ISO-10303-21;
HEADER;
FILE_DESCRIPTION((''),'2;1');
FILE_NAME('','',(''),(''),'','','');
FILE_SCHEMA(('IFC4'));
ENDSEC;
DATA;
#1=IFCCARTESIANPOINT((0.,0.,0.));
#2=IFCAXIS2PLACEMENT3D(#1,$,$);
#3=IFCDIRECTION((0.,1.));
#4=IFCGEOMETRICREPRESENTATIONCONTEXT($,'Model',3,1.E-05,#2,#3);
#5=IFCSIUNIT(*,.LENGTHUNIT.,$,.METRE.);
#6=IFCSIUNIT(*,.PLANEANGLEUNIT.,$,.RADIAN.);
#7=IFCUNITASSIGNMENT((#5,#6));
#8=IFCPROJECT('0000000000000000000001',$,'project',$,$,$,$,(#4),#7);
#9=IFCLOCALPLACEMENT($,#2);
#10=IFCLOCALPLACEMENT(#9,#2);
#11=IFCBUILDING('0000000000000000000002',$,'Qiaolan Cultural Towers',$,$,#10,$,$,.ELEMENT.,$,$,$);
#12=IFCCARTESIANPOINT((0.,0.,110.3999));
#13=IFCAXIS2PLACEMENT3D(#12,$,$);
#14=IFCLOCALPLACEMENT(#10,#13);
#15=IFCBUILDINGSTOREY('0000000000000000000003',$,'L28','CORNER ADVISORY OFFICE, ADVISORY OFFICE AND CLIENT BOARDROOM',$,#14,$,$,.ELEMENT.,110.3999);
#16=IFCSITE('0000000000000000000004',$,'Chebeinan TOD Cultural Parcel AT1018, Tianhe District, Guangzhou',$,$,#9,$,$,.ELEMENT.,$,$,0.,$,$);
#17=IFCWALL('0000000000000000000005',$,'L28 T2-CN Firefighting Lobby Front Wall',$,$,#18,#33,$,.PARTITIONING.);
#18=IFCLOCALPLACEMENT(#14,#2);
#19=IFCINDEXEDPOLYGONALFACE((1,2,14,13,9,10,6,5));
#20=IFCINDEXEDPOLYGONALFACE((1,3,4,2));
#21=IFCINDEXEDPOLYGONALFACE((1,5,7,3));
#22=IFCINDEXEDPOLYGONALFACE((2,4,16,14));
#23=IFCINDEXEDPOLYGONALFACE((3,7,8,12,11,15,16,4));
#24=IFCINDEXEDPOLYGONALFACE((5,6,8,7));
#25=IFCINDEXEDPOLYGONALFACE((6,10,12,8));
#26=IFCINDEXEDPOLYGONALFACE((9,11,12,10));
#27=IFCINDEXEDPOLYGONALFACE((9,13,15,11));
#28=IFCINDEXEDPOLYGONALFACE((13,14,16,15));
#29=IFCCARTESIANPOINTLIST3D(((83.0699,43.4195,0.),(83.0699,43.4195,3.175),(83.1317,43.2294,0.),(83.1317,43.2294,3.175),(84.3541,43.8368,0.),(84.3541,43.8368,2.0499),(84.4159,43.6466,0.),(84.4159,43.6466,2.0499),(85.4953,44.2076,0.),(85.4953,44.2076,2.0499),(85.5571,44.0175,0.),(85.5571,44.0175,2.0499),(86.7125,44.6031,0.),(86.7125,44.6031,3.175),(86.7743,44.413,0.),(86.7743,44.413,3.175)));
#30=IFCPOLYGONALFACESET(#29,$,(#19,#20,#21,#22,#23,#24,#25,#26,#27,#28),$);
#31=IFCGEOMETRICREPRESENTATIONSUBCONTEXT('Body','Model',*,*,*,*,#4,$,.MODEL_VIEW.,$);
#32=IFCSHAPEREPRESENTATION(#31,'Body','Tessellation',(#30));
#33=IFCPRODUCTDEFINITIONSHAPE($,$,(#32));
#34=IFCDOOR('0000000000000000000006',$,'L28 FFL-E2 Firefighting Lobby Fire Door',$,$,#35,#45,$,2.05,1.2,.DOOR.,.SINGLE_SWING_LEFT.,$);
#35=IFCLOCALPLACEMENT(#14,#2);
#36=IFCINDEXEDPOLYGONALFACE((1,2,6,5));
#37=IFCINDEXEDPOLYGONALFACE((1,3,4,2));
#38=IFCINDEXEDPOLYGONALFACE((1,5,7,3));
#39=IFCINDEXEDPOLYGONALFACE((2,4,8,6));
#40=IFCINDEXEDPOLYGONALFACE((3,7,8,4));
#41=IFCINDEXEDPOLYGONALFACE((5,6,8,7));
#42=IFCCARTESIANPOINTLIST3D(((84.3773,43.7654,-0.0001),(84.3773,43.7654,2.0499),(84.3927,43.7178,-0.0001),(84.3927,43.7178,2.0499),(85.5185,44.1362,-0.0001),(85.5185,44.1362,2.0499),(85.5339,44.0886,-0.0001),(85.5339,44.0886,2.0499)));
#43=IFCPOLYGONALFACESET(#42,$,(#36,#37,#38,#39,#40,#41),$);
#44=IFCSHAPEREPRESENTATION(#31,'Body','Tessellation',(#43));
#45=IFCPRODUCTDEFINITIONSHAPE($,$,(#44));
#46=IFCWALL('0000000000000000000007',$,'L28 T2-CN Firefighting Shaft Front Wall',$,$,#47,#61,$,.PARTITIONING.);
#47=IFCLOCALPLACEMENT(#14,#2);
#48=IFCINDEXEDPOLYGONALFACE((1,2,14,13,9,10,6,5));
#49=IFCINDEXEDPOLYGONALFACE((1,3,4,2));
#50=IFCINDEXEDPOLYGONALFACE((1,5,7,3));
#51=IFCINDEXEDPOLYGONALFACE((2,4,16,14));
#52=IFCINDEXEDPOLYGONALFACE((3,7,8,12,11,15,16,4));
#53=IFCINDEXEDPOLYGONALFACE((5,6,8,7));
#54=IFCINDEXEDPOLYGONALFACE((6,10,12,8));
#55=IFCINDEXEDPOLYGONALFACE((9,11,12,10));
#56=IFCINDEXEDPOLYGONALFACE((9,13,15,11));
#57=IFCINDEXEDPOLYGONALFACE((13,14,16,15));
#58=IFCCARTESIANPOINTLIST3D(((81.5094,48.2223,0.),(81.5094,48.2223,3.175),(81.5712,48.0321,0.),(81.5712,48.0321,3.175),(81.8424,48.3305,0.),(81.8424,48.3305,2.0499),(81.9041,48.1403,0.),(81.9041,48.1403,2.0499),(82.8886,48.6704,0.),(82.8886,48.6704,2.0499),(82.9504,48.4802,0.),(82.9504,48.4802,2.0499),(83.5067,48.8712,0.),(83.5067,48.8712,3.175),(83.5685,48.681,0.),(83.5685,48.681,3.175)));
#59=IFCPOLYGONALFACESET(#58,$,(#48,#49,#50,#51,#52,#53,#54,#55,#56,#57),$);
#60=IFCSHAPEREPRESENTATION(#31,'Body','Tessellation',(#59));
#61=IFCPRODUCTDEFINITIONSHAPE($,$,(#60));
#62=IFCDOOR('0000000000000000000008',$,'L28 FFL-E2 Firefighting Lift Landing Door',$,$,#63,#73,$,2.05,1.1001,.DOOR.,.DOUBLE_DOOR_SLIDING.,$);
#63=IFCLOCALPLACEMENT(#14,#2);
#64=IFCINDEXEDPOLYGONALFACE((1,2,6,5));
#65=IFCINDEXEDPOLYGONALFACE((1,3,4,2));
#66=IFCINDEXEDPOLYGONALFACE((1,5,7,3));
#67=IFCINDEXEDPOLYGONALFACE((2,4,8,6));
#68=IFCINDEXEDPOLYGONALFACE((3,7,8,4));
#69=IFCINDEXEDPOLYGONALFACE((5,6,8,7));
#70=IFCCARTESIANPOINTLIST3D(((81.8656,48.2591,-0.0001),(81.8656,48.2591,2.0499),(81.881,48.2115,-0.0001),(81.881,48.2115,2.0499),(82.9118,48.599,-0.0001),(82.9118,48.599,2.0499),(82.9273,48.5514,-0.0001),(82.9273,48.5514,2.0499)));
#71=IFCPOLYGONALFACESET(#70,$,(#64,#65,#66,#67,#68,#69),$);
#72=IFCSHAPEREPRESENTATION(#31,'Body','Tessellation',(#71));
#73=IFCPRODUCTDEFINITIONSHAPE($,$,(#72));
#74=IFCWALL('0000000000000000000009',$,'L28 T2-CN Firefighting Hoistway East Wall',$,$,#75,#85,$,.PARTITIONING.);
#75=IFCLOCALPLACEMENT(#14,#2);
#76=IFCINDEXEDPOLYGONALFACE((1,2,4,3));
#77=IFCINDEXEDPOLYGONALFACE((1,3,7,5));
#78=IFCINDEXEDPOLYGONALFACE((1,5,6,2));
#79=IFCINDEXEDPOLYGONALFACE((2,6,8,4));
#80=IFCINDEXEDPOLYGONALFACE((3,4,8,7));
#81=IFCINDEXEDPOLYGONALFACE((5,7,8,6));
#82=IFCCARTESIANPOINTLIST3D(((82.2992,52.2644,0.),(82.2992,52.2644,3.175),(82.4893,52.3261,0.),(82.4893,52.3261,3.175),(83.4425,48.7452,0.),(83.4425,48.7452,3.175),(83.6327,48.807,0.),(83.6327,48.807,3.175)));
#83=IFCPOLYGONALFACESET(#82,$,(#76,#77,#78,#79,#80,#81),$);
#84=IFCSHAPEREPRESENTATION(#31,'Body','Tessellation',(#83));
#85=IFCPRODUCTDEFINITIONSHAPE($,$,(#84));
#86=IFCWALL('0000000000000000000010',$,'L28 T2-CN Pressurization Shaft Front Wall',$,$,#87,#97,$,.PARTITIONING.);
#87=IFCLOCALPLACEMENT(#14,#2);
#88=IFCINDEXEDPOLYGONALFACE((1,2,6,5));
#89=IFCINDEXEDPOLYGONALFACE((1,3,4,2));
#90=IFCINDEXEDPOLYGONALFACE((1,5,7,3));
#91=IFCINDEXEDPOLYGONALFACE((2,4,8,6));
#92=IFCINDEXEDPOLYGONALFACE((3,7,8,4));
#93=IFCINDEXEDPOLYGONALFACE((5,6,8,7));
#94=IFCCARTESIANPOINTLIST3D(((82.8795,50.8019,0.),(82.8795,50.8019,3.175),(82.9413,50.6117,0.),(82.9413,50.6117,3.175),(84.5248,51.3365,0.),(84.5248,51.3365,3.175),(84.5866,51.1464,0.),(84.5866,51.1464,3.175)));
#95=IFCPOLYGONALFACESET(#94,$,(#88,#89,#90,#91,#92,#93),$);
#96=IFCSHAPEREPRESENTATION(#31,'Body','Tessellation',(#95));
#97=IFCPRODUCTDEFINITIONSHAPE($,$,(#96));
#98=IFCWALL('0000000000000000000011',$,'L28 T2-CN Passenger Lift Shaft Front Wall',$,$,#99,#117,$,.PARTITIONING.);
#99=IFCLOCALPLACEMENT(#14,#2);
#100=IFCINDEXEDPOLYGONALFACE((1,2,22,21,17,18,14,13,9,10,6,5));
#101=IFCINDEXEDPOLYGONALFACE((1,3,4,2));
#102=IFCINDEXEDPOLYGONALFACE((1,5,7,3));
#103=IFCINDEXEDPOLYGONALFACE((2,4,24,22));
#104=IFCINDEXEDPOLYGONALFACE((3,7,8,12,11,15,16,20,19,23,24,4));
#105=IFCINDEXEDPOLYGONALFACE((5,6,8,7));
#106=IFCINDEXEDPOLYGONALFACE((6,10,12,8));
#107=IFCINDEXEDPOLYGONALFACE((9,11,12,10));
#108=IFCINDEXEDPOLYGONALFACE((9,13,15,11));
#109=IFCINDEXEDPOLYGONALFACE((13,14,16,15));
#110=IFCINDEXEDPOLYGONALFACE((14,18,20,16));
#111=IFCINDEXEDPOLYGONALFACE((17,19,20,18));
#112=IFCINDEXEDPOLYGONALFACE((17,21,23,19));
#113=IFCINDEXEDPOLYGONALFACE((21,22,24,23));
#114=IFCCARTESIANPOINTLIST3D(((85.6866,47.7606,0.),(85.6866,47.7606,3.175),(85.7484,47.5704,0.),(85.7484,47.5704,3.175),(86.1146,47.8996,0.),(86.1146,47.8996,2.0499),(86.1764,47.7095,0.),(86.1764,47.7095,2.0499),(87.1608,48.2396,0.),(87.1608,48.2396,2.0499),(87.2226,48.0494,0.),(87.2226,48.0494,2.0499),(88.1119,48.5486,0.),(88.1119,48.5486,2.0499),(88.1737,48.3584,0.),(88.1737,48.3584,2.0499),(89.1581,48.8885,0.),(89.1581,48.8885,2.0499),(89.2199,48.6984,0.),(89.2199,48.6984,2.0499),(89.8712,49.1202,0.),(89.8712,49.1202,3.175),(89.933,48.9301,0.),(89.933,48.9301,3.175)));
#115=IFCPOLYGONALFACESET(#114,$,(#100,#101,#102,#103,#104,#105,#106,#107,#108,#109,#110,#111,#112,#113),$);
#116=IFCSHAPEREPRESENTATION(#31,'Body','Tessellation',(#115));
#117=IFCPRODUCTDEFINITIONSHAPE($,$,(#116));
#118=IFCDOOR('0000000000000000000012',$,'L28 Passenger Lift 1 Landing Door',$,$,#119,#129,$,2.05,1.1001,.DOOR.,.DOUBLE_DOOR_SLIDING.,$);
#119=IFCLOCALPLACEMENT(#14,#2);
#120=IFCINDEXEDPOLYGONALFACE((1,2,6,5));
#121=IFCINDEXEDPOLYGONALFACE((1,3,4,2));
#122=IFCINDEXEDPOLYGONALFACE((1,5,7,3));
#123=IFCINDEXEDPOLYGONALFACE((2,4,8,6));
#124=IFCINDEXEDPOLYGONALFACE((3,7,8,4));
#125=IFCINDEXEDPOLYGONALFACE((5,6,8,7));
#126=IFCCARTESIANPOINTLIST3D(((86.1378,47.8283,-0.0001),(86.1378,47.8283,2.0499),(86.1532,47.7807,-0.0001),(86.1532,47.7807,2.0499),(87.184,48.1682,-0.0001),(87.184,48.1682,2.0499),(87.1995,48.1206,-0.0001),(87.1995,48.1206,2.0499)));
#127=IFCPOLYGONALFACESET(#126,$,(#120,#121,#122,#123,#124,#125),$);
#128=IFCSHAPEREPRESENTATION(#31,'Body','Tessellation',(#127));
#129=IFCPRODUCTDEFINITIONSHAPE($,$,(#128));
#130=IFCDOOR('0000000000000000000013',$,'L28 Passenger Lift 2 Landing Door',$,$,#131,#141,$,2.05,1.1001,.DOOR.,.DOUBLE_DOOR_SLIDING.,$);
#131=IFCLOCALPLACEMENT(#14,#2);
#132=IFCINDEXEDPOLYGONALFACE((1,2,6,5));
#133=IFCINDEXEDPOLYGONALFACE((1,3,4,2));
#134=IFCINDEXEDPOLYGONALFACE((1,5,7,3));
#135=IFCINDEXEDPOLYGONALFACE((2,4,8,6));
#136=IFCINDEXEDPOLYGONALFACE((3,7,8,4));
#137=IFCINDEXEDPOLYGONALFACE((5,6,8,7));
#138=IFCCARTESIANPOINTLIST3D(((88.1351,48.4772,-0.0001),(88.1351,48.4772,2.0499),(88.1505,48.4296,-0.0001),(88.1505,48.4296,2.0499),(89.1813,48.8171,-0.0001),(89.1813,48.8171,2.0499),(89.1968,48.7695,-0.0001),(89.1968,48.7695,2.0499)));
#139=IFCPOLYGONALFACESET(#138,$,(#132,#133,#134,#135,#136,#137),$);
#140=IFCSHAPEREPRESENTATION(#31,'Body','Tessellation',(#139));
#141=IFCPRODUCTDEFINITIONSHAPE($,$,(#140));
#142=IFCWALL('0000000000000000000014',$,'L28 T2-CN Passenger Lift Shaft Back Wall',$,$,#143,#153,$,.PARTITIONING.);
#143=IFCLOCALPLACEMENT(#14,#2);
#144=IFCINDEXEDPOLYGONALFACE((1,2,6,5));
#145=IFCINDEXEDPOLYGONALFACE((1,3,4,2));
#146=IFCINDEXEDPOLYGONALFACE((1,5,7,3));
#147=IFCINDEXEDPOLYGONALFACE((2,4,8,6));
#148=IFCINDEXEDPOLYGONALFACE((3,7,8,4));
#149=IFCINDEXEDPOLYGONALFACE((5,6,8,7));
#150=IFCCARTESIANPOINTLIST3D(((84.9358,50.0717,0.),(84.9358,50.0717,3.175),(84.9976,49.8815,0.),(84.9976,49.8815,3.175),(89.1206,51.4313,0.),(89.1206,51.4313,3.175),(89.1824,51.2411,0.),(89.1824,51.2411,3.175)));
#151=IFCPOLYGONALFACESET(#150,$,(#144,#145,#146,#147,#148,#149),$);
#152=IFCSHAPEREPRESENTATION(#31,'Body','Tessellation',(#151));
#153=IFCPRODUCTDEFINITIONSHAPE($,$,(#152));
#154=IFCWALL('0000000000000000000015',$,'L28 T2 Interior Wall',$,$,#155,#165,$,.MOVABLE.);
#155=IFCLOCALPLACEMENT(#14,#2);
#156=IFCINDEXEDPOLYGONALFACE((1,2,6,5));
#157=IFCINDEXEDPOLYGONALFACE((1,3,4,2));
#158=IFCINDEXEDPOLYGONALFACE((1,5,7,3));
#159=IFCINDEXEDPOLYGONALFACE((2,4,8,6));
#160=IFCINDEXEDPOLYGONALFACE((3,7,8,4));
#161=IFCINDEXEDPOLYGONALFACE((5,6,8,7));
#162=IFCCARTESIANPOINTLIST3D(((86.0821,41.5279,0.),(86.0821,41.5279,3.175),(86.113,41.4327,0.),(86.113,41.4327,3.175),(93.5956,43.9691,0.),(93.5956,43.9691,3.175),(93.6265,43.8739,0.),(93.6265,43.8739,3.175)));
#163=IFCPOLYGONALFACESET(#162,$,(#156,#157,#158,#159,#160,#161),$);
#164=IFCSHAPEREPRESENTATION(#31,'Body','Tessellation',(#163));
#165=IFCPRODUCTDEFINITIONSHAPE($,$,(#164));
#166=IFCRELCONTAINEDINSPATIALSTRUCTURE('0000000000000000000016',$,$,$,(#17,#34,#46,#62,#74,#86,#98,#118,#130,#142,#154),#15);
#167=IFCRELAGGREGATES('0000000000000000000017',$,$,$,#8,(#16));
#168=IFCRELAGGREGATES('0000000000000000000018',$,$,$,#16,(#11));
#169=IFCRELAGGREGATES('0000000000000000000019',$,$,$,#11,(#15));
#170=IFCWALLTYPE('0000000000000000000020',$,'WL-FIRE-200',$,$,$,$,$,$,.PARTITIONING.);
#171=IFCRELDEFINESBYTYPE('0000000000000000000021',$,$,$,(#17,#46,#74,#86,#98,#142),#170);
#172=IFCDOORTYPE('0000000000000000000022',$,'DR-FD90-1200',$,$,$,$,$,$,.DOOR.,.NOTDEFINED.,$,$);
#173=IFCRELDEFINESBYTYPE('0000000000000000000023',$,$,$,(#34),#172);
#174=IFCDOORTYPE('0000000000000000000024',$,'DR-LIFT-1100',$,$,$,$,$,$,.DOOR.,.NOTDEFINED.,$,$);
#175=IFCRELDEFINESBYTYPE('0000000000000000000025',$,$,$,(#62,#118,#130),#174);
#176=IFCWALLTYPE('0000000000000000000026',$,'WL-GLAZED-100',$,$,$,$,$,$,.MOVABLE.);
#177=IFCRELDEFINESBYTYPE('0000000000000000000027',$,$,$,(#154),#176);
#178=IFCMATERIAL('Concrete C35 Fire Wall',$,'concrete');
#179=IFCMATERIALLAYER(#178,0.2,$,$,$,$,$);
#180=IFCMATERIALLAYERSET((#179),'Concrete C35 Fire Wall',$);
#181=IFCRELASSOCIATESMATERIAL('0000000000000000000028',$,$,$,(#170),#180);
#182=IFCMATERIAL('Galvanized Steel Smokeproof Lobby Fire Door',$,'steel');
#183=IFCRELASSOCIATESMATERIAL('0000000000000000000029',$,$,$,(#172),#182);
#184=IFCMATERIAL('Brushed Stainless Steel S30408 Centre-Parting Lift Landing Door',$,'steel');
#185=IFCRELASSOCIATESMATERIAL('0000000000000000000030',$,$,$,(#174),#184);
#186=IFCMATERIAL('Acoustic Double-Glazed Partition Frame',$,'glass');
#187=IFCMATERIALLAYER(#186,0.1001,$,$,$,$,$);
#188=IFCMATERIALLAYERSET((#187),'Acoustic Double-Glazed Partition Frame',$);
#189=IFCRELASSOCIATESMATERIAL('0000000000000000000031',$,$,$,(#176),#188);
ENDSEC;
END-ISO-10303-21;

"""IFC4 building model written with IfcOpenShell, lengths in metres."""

from ifc_helpers import new_model, si_unit, direction, frame, frame_2d, origin, place, context, subcontext, project, spatial, rectangle, extrude, material, layer, layer_set, type_object, element, fill, save


model = new_model("IFC4")

# Units and contexts
model_context = context("Model", 3, precision=1e-05, world=origin(), true_north=direction((0.0, 1.0)))
body_context = subcontext(model_context, "Body", "Model", "MODEL_VIEW")
ifc_project = project(units=[si_unit("LENGTHUNIT", "METRE"), si_unit("PLANEANGLEUNIT", "RADIAN")], contexts=[model_context])

# Site, building, storey
site_placement = place(None, origin())
site = spatial("IfcSite", under=ifc_project, at=site_placement, Name="Chebeinan TOD Cultural Parcel AT1018, Tianhe District, Guangzhou", CompositionType="ELEMENT", RefElevation=0.0)
building_placement = place(site_placement, origin())
building = spatial("IfcBuilding", under=site, at=building_placement, Name="Qiaolan Cultural Towers", CompositionType="ELEMENT")
storey_placement = place(building_placement, frame((0.0, 0.0, 110.3999)))
storey = spatial("IfcBuildingStorey", under=building, at=storey_placement, Name="L28", Description="CORNER ADVISORY OFFICE, ADVISORY OFFICE AND CLIENT BOARDROOM", CompositionType="ELEMENT", Elevation=110.3999)

# Shared definitions
ifc_material_1 = material(Name="Concrete C35 Fire Wall", Category="concrete")
ifc_layer_1 = layer(ifc_material_1, 0.2)
ifc_layer_set_1 = layer_set([ifc_layer_1], Name="Concrete C35 Fire Wall")
wall_type_1 = type_object("IfcWallType", Name="WL-FIRE-200", PredefinedType="PARTITIONING", material=ifc_layer_set_1)

# Walls, openings, doors
wall_1_placement = place(storey_placement, frame((83.1008, 43.3245, 0.0), z_axis=(0.0, 0.0, 1.0), x_axis=(0.951053, 0.309028, 0.0)))
wall_1 = element("IfcWall", 1, at=wall_1_placement, inside=storey, type_object=wall_type_1, Name="L28 T2-CN Firefighting Lobby Front Wall", PredefinedType="PARTITIONING", context=body_context, shape_type="SweptSolid", body=[
    extrude(rectangle(XDim=3.8301, YDim=0.2, at=frame_2d((1.915, 0.0))), origin(), (0.0, 0.0, 1.0), 3.175),
])
opening_1_placement = place(wall_1_placement, frame((1.3501, 0.0, 0.0)))
opening_1 = element("IfcOpeningElement", 2, at=opening_1_placement, cuts=wall_1, PredefinedType="OPENING", context=body_context, shape_type="SweptSolid", body=[
    extrude(rectangle(XDim=1.2, YDim=2.05, at=frame_2d((0.6001, 1.0249))), frame((0.0, 0.1099, 0.0), z_axis=(0.0, -1.0, 0.0), x_axis=(1.0, 0.0, 0.0)), (0.0, 0.0, 1.0), 0.22),
])
ifc_material_2 = material(Name="Galvanized Steel Smokeproof Lobby Fire Door", Category="steel")
door_type_1 = type_object("IfcDoorType", Name="DR-FD90-1200", OperationType="NOTDEFINED", PredefinedType="DOOR", material=ifc_material_2)
door_1_placement = place(opening_1_placement, origin())
door_1 = element("IfcDoor", 3, at=door_1_placement, inside=storey, type_object=door_type_1, Name="L28 FFL-E2 Firefighting Lobby Fire Door", OperationType="SINGLE_SWING_LEFT", OverallHeight=2.05, OverallWidth=1.2, PredefinedType="DOOR", context=body_context, shape_type="SweptSolid", body=[
    extrude(rectangle(XDim=1.2, YDim=2.05, at=frame_2d((0.6001, 1.0249))), frame((0.0, 0.0249, 0.0), z_axis=(0.0, -1.0, 0.0), x_axis=(1.0, 0.0, 0.0)), (0.0, 0.0, 1.0), 0.05),
])
fill(opening_1, door_1)
wall_2_placement = place(storey_placement, frame((81.5403, 48.1272, 0.0), z_axis=(0.0, 0.0, 1.0), x_axis=(0.951062, 0.308999, 0.0)))
wall_2 = element("IfcWall", 4, at=wall_2_placement, inside=storey, type_object=wall_type_1, Name="L28 T2-CN Firefighting Shaft Front Wall", PredefinedType="PARTITIONING", context=body_context, shape_type="SweptSolid", body=[
    extrude(rectangle(XDim=2.1001, YDim=0.2, at=frame_2d((1.05, 0.0))), origin(), (0.0, 0.0, 1.0), 3.175),
])
opening_2_placement = place(wall_2_placement, frame((0.3501, 0.0, 0.0)))
opening_2 = element("IfcOpeningElement", 5, at=opening_2_placement, cuts=wall_2, PredefinedType="OPENING", context=body_context, shape_type="SweptSolid", body=[
    extrude(rectangle(XDim=1.1001, YDim=2.05, at=frame_2d((0.55, 1.0249))), frame((0.0, 0.1099, 0.0), z_axis=(0.0, -1.0, 0.0), x_axis=(1.0, 0.0, 0.0)), (0.0, 0.0, 1.0), 0.22),
])
ifc_material_3 = material(Name="Brushed Stainless Steel S30408 Centre-Parting Lift Landing Door", Category="steel")
door_type_2 = type_object("IfcDoorType", Name="DR-LIFT-1100", OperationType="NOTDEFINED", PredefinedType="DOOR", material=ifc_material_3)
door_2_placement = place(opening_2_placement, origin())
door_2 = element("IfcDoor", 6, at=door_2_placement, inside=storey, type_object=door_type_2, Name="L28 FFL-E2 Firefighting Lift Landing Door", OperationType="DOUBLE_DOOR_SLIDING", OverallHeight=2.05, OverallWidth=1.1001, PredefinedType="DOOR", context=body_context, shape_type="SweptSolid", body=[
    extrude(rectangle(XDim=1.1001, YDim=2.05, at=frame_2d((0.55, 1.0249))), frame((0.0, 0.0249, 0.0), z_axis=(0.0, -1.0, 0.0), x_axis=(1.0, 0.0, 0.0)), (0.0, 0.0, 1.0), 0.05),
])
fill(opening_2, door_2)

# Walls
wall_3_placement = place(storey_placement, frame((83.5376, 48.7761, 0.0), z_axis=(0.0, 0.0, 1.0), x_axis=(-0.308994, 0.951064, 0.0)))
element("IfcWall", 7, at=wall_3_placement, inside=storey, type_object=wall_type_1, Name="L28 T2-CN Firefighting Hoistway East Wall", PredefinedType="PARTITIONING", context=body_context, shape_type="SweptSolid", body=[
    extrude(rectangle(XDim=3.7002, YDim=0.2, at=frame_2d((1.8501, 0.0))), origin(), (0.0, 0.0, 1.0), 3.175),
])
wall_4_placement = place(storey_placement, frame((82.9104, 50.7068, 0.0), z_axis=(0.0, 0.0, 1.0), x_axis=(0.951041, 0.309064, 0.0)))
element("IfcWall", 8, at=wall_4_placement, inside=storey, type_object=wall_type_1, Name="L28 T2-CN Pressurization Shaft Front Wall", PredefinedType="PARTITIONING", context=body_context, shape_type="SweptSolid", body=[
    extrude(rectangle(XDim=1.73, YDim=0.2, at=frame_2d((0.865, 0.0))), origin(), (0.0, 0.0, 1.0), 3.175),
])

# Wall, openings, doors
wall_5_placement = place(storey_placement, frame((85.7175, 47.6655, 0.0), z_axis=(0.0, 0.0, 1.0), x_axis=(0.951059, 0.309011, 0.0)))
wall_5 = element("IfcWall", 9, at=wall_5_placement, inside=storey, type_object=wall_type_1, Name="L28 T2-CN Passenger Lift Shaft Front Wall", PredefinedType="PARTITIONING", context=body_context, shape_type="SweptSolid", body=[
    extrude(rectangle(XDim=4.3999, YDim=0.2, at=frame_2d((2.2, 0.0))), origin(), (0.0, 0.0, 1.0), 3.175),
])
opening_3_placement = place(wall_5_placement, frame((0.45, 0.0, 0.0)))
opening_3 = element("IfcOpeningElement", 10, at=opening_3_placement, cuts=wall_5, PredefinedType="OPENING", context=body_context, shape_type="SweptSolid", body=[
    extrude(rectangle(XDim=1.1001, YDim=2.05, at=frame_2d((0.55, 1.0249))), frame((0.0, 0.1099, 0.0), z_axis=(0.0, -1.0, 0.0), x_axis=(1.0, 0.0, 0.0)), (0.0, 0.0, 1.0), 0.22),
])
opening_4_placement = place(wall_5_placement, frame((2.55, 0.0, 0.0)))
opening_4 = element("IfcOpeningElement", 11, at=opening_4_placement, cuts=wall_5, PredefinedType="OPENING", context=body_context, shape_type="SweptSolid", body=[
    extrude(rectangle(XDim=1.1001, YDim=2.05, at=frame_2d((0.55, 1.0249))), frame((0.0, 0.1099, 0.0), z_axis=(0.0, -1.0, 0.0), x_axis=(1.0, 0.0, 0.0)), (0.0, 0.0, 1.0), 0.22),
])
door_3_placement = place(opening_3_placement, origin())
door_3 = element("IfcDoor", 12, at=door_3_placement, inside=storey, type_object=door_type_2, Name="L28 Passenger Lift 1 Landing Door", OperationType="DOUBLE_DOOR_SLIDING", OverallHeight=2.05, OverallWidth=1.1001, PredefinedType="DOOR", context=body_context, shape_type="SweptSolid", body=[
    extrude(rectangle(XDim=1.1001, YDim=2.05, at=frame_2d((0.55, 1.0249))), frame((0.0, 0.0249, 0.0), z_axis=(0.0, -1.0, 0.0), x_axis=(1.0, 0.0, 0.0)), (0.0, 0.0, 1.0), 0.05),
])
fill(opening_3, door_3)
door_4_placement = place(opening_4_placement, origin())
door_4 = element("IfcDoor", 13, at=door_4_placement, inside=storey, type_object=door_type_2, Name="L28 Passenger Lift 2 Landing Door", OperationType="DOUBLE_DOOR_SLIDING", OverallHeight=2.05, OverallWidth=1.1001, PredefinedType="DOOR", context=body_context, shape_type="SweptSolid", body=[
    extrude(rectangle(XDim=1.1001, YDim=2.05, at=frame_2d((0.55, 1.0249))), frame((0.0, 0.0249, 0.0), z_axis=(0.0, -1.0, 0.0), x_axis=(1.0, 0.0, 0.0)), (0.0, 0.0, 1.0), 0.05),
])
fill(opening_4, door_4)

# Walls
wall_6_placement = place(storey_placement, frame((84.9666, 49.9766, 0.0), z_axis=(0.0, 0.0, 1.0), x_axis=(0.951064, 0.308994, 0.0)))
element("IfcWall", 14, at=wall_6_placement, inside=storey, type_object=wall_type_1, Name="L28 T2-CN Passenger Lift Shaft Back Wall", PredefinedType="PARTITIONING", context=body_context, shape_type="SweptSolid", body=[
    extrude(rectangle(XDim=4.4001, YDim=0.2, at=frame_2d((2.2002, 0.0))), origin(), (0.0, 0.0, 1.0), 3.175),
])
ifc_material_4 = material(Name="Acoustic Double-Glazed Partition Frame", Category="glass")
ifc_layer_2 = layer(ifc_material_4, 0.1001)
ifc_layer_set_2 = layer_set([ifc_layer_2], Name="Acoustic Double-Glazed Partition Frame")
wall_type_2 = type_object("IfcWallType", Name="WL-GLAZED-100", PredefinedType="MOVABLE", material=ifc_layer_set_2)
wall_7_placement = place(storey_placement, frame((86.0974, 41.4802, 0.0), z_axis=(0.0, 0.0, 1.0), x_axis=(0.95106, 0.309006, 0.0)))
element("IfcWall", 15, at=wall_7_placement, inside=storey, type_object=wall_type_2, Name="L28 T2 Interior Wall", PredefinedType="MOVABLE", context=body_context, shape_type="SweptSolid", body=[
    extrude(rectangle(XDim=7.9001, YDim=0.1001, at=frame_2d((3.9502, 0.0))), origin(), (0.0, 0.0, 1.0), 3.175),
])

save(model, "model.ifc")
